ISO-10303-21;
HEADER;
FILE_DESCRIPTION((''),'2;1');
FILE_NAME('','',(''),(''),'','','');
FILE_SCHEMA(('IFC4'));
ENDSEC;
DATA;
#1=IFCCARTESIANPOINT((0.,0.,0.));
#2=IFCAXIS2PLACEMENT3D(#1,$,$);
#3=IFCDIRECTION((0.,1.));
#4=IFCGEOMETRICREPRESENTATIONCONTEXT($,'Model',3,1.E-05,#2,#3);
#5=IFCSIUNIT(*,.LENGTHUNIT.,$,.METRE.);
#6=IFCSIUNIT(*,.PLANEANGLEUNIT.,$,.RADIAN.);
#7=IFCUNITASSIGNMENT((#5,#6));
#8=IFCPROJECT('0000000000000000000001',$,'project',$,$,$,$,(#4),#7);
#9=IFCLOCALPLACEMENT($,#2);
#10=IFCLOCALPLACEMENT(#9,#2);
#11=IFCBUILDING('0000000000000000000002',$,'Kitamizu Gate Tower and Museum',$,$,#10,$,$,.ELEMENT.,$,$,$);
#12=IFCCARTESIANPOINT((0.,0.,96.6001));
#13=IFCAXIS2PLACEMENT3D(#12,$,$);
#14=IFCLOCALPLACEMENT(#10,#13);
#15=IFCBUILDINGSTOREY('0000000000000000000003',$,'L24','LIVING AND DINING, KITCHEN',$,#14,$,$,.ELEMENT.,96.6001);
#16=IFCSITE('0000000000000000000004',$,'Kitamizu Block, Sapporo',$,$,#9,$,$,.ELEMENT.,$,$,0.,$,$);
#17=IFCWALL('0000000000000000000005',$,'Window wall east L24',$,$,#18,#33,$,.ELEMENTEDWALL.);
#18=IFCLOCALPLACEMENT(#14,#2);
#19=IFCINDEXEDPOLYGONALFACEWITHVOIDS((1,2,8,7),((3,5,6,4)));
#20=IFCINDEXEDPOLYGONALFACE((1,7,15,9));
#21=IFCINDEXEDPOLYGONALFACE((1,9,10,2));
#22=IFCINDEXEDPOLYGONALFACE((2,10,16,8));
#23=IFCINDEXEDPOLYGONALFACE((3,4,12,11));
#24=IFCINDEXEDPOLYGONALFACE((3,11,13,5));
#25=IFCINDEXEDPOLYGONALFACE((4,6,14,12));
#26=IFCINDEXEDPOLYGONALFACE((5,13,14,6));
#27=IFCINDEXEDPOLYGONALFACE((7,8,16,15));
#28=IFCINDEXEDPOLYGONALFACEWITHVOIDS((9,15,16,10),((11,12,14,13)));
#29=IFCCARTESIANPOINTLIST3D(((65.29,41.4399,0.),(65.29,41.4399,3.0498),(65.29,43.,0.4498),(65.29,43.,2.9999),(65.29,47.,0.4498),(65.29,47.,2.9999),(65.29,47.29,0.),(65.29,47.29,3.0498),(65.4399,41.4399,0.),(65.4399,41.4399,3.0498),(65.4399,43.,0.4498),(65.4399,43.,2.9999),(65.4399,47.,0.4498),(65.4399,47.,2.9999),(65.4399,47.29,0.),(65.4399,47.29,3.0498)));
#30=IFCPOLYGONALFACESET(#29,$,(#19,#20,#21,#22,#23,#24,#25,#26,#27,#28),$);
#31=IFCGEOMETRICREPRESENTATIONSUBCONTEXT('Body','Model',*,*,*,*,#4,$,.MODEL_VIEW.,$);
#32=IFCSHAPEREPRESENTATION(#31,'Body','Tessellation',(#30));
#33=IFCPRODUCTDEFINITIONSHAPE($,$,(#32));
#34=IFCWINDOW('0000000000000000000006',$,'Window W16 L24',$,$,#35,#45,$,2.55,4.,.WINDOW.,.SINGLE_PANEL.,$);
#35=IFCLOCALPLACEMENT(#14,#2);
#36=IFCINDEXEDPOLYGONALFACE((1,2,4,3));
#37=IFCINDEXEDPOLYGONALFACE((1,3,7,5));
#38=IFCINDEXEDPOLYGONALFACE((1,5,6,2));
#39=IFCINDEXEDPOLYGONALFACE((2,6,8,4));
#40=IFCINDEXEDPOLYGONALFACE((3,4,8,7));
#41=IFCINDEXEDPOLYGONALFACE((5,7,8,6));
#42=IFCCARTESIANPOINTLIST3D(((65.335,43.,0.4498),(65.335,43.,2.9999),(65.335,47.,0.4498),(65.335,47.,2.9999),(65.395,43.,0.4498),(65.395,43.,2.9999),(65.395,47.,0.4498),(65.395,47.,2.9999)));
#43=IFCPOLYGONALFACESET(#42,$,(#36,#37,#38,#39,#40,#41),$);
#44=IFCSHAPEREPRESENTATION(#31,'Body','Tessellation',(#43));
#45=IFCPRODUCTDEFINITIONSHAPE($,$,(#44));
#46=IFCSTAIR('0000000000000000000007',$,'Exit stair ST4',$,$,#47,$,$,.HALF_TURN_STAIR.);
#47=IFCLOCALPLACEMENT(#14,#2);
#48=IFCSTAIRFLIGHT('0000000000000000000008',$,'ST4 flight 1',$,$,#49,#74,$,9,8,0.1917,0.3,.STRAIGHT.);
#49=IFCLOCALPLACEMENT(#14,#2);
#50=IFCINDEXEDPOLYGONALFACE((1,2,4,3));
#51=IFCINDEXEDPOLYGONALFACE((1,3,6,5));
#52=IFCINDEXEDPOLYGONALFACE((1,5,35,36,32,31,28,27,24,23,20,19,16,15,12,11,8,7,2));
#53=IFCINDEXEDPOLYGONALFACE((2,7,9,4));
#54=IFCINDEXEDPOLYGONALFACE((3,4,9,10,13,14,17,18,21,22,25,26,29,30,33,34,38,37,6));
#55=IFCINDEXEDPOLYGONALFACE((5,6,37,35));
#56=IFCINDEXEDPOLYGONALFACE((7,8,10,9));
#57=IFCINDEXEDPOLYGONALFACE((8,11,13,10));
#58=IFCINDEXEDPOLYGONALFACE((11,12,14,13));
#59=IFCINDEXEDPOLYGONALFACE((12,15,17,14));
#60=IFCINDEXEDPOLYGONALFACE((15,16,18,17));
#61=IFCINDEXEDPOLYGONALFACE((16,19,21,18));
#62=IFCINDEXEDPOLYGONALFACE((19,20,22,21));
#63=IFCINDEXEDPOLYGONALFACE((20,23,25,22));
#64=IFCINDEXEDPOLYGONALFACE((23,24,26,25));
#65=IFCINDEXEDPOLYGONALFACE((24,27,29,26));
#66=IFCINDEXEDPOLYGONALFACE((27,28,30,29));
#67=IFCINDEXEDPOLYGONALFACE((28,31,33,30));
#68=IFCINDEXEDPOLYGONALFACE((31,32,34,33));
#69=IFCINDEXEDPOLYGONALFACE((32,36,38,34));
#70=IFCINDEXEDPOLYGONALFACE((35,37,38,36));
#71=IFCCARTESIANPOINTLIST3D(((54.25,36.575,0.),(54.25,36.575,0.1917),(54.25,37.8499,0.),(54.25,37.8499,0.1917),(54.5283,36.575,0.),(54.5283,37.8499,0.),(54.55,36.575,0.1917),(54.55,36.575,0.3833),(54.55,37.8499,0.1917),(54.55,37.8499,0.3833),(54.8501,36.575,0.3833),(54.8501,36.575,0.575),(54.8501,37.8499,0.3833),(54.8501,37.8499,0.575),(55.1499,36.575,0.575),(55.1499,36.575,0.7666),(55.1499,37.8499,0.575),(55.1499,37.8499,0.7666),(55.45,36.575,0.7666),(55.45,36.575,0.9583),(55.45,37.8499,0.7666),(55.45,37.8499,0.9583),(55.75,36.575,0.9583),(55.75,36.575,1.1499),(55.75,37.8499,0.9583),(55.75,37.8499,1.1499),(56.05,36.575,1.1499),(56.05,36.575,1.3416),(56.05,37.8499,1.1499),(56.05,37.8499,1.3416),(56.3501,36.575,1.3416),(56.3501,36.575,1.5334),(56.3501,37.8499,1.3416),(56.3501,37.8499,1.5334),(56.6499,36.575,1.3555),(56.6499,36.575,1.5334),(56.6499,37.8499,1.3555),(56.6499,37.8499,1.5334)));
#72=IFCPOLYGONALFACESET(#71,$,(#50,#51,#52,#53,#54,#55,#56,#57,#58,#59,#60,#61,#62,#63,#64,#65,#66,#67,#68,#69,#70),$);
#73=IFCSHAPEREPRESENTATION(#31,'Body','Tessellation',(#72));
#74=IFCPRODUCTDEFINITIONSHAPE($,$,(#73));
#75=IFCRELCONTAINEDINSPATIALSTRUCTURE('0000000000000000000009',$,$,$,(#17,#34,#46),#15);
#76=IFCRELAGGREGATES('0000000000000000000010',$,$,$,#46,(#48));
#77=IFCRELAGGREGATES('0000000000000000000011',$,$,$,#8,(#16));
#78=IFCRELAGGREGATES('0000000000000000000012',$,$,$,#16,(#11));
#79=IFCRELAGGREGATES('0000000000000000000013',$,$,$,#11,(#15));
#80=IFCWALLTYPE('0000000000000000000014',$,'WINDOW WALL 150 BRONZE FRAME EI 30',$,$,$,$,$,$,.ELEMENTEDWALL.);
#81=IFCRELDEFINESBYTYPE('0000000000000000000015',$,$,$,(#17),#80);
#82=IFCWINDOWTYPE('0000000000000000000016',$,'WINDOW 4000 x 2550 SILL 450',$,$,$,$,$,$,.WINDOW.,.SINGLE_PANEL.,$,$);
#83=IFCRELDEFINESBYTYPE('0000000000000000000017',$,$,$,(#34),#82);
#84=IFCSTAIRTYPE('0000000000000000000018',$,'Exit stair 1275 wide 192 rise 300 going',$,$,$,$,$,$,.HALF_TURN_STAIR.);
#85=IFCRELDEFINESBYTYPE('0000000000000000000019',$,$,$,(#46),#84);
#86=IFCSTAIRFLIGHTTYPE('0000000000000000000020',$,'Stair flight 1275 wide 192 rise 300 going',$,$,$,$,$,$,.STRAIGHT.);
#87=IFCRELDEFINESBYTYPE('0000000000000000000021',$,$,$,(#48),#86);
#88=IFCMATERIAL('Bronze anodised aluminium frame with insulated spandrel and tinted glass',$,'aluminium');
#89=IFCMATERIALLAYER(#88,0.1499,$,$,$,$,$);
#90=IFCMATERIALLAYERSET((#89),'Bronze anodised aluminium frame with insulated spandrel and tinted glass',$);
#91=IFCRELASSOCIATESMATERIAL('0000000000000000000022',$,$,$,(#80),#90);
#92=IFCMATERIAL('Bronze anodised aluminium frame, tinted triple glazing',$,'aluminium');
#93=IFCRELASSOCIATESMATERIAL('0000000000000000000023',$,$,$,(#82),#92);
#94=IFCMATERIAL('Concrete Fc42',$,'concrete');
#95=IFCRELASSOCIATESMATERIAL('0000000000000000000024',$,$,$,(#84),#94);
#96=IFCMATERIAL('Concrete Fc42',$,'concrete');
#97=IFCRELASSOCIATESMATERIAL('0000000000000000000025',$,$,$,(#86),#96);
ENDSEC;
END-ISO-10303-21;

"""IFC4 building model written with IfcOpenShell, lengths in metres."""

from ifc_helpers import new_model, si_unit, direction, frame, frame_2d, origin, place, context, subcontext, project, spatial, polyline, rectangle, outline, extrude, material, layer, layer_set, type_object, element, fill, aggregate, save


model = new_model("IFC4")

# Units and contexts
model_context = context("Model", 3, precision=1e-05, world=origin(), true_north=direction((0.0, 1.0)))
body_context = subcontext(model_context, "Body", "Model", "MODEL_VIEW")
ifc_project = project(units=[si_unit("LENGTHUNIT", "METRE"), si_unit("PLANEANGLEUNIT", "RADIAN")], contexts=[model_context])

# Site, building, storey
site_placement = place(None, origin())
site = spatial("IfcSite", under=ifc_project, at=site_placement, Name="Kitamizu Block, Sapporo", CompositionType="ELEMENT", RefElevation=0.0)
building_placement = place(site_placement, origin())
building = spatial("IfcBuilding", under=site, at=building_placement, Name="Kitamizu Gate Tower and Museum", CompositionType="ELEMENT")
storey_placement = place(building_placement, frame((0.0, 0.0, 96.6001)))
storey = spatial("IfcBuildingStorey", under=building, at=storey_placement, Name="L24", Description="LIVING AND DINING, KITCHEN", CompositionType="ELEMENT", Elevation=96.6001)

# Wall, opening, window
ifc_material_1 = material(Name="Bronze anodised aluminium frame with insulated spandrel and tinted glass", Category="aluminium")
ifc_layer_1 = layer(ifc_material_1, 0.1499)
ifc_layer_set_1 = layer_set([ifc_layer_1], Name="Bronze anodised aluminium frame with insulated spandrel and tinted glass")
wall_type_1 = type_object("IfcWallType", Name="WINDOW WALL 150 BRONZE FRAME EI 30", PredefinedType="ELEMENTEDWALL", material=ifc_layer_set_1)
ifc_material_2 = material(Name="Bronze anodised aluminium frame, tinted triple glazing", Category="aluminium")
window_type = type_object("IfcWindowType", Name="WINDOW 4000 x 2550 SILL 450", PartitioningType="SINGLE_PANEL", PredefinedType="WINDOW", material=ifc_material_2)
wall_1_placement = place(storey_placement, frame((65.365, 41.4399, 0.0), z_axis=(0.0, 0.0, 1.0), x_axis=(0.0, 1.0, 0.0)))
wall_1 = element("IfcWall", 1, at=wall_1_placement, inside=storey, type_object=wall_type_1, Name="Window wall east L24", PredefinedType="ELEMENTEDWALL", context=body_context, shape_type="SweptSolid", body=[
    extrude(rectangle(XDim=5.8501, YDim=0.1499, at=frame_2d((2.925, 0.0))), origin(), (0.0, 0.0, 1.0), 3.0498),
])
opening_1_placement = place(wall_1_placement, frame((1.5601, 0.0, 0.45)))
opening_1 = element("IfcOpeningElement", 2, at=opening_1_placement, cuts=wall_1, PredefinedType="OPENING", context=body_context, shape_type="SweptSolid", body=[
    extrude(rectangle(XDim=4.0, YDim=2.55, at=frame_2d((2.0, 1.2749))), frame((0.0, 0.085, 0.0), z_axis=(0.0, -1.0, 0.0), x_axis=(1.0, 0.0, 0.0)), (0.0, 0.0, 1.0), 0.1699),
])
window_1_placement = place(opening_1_placement, origin())
window_1 = element("IfcWindow", 3, at=window_1_placement, inside=storey, type_object=window_type, Name="Window W16 L24", OverallHeight=2.55, OverallWidth=4.0, PartitioningType="SINGLE_PANEL", PredefinedType="WINDOW", context=body_context, shape_type="SweptSolid", body=[
    extrude(rectangle(XDim=4.0, YDim=2.55, at=frame_2d((2.0, 1.2749))), frame((0.0, 0.03, 0.0), z_axis=(0.0, -1.0, 0.0), x_axis=(1.0, 0.0, 0.0)), (0.0, 0.0, 1.0), 0.0601),
])
fill(opening_1, window_1)

# Stair, stair flight
ifc_material_3 = material(Name="Concrete Fc42", Category="concrete")
stair_type = type_object("IfcStairType", Name="Exit stair 1275 wide 192 rise 300 going", PredefinedType="HALF_TURN_STAIR", material=ifc_material_3)
stair_placement = place(storey_placement, origin())
stair = element("IfcStair", 4, at=stair_placement, inside=storey, type_object=stair_type, Name="Exit stair ST4", PredefinedType="HALF_TURN_STAIR")
ifc_material_4 = material(Name="Concrete Fc42", Category="concrete")
stair_flight_type = type_object("IfcStairFlightType", Name="Stair flight 1275 wide 192 rise 300 going", PredefinedType="STRAIGHT", material=ifc_material_4)
stair_flight_placement = place(storey_placement, frame((54.25, 37.2124, 0.0), z_axis=(0.0, 0.0, 1.0), x_axis=(1.0, 0.0, 0.0)))
stair_flight = element("IfcStairFlight", 5, at=stair_flight_placement, type_object=stair_flight_type, Name="ST4 flight 1", NumberOfRisers=9, NumberOfTreads=8, PredefinedType="STRAIGHT", RiserHeight=0.1917, TreadLength=0.3, context=body_context, shape_type="SweptSolid", body=[
    extrude(outline(polyline([(0.0, 0.0), (0.0, 0.1917), (0.3, 0.1917), (0.3, 0.3833), (0.6001, 0.3833), (0.6001, 0.575), (0.8999, 0.575), (0.8999, 0.7666), (1.2, 0.7666), (1.2, 0.9583), (1.5, 0.9583), (1.5, 1.1499), (1.8, 1.1499), (1.8, 1.3416), (2.1001, 1.3416), (2.1001, 1.5334), (2.3999, 1.5334), (2.3999, 1.7251), (2.3999, 1.3555), (0.2783, 0.0), (0.0, 0.0)])), frame((0.0, 0.6375, 0.0), z_axis=(0.0, -1.0, 0.0), x_axis=(1.0, 0.0, 0.0)), (0.0, 0.0, 1.0), 1.2749),
])
aggregate(stair, [stair_flight])

save(model, "model.ifc")
